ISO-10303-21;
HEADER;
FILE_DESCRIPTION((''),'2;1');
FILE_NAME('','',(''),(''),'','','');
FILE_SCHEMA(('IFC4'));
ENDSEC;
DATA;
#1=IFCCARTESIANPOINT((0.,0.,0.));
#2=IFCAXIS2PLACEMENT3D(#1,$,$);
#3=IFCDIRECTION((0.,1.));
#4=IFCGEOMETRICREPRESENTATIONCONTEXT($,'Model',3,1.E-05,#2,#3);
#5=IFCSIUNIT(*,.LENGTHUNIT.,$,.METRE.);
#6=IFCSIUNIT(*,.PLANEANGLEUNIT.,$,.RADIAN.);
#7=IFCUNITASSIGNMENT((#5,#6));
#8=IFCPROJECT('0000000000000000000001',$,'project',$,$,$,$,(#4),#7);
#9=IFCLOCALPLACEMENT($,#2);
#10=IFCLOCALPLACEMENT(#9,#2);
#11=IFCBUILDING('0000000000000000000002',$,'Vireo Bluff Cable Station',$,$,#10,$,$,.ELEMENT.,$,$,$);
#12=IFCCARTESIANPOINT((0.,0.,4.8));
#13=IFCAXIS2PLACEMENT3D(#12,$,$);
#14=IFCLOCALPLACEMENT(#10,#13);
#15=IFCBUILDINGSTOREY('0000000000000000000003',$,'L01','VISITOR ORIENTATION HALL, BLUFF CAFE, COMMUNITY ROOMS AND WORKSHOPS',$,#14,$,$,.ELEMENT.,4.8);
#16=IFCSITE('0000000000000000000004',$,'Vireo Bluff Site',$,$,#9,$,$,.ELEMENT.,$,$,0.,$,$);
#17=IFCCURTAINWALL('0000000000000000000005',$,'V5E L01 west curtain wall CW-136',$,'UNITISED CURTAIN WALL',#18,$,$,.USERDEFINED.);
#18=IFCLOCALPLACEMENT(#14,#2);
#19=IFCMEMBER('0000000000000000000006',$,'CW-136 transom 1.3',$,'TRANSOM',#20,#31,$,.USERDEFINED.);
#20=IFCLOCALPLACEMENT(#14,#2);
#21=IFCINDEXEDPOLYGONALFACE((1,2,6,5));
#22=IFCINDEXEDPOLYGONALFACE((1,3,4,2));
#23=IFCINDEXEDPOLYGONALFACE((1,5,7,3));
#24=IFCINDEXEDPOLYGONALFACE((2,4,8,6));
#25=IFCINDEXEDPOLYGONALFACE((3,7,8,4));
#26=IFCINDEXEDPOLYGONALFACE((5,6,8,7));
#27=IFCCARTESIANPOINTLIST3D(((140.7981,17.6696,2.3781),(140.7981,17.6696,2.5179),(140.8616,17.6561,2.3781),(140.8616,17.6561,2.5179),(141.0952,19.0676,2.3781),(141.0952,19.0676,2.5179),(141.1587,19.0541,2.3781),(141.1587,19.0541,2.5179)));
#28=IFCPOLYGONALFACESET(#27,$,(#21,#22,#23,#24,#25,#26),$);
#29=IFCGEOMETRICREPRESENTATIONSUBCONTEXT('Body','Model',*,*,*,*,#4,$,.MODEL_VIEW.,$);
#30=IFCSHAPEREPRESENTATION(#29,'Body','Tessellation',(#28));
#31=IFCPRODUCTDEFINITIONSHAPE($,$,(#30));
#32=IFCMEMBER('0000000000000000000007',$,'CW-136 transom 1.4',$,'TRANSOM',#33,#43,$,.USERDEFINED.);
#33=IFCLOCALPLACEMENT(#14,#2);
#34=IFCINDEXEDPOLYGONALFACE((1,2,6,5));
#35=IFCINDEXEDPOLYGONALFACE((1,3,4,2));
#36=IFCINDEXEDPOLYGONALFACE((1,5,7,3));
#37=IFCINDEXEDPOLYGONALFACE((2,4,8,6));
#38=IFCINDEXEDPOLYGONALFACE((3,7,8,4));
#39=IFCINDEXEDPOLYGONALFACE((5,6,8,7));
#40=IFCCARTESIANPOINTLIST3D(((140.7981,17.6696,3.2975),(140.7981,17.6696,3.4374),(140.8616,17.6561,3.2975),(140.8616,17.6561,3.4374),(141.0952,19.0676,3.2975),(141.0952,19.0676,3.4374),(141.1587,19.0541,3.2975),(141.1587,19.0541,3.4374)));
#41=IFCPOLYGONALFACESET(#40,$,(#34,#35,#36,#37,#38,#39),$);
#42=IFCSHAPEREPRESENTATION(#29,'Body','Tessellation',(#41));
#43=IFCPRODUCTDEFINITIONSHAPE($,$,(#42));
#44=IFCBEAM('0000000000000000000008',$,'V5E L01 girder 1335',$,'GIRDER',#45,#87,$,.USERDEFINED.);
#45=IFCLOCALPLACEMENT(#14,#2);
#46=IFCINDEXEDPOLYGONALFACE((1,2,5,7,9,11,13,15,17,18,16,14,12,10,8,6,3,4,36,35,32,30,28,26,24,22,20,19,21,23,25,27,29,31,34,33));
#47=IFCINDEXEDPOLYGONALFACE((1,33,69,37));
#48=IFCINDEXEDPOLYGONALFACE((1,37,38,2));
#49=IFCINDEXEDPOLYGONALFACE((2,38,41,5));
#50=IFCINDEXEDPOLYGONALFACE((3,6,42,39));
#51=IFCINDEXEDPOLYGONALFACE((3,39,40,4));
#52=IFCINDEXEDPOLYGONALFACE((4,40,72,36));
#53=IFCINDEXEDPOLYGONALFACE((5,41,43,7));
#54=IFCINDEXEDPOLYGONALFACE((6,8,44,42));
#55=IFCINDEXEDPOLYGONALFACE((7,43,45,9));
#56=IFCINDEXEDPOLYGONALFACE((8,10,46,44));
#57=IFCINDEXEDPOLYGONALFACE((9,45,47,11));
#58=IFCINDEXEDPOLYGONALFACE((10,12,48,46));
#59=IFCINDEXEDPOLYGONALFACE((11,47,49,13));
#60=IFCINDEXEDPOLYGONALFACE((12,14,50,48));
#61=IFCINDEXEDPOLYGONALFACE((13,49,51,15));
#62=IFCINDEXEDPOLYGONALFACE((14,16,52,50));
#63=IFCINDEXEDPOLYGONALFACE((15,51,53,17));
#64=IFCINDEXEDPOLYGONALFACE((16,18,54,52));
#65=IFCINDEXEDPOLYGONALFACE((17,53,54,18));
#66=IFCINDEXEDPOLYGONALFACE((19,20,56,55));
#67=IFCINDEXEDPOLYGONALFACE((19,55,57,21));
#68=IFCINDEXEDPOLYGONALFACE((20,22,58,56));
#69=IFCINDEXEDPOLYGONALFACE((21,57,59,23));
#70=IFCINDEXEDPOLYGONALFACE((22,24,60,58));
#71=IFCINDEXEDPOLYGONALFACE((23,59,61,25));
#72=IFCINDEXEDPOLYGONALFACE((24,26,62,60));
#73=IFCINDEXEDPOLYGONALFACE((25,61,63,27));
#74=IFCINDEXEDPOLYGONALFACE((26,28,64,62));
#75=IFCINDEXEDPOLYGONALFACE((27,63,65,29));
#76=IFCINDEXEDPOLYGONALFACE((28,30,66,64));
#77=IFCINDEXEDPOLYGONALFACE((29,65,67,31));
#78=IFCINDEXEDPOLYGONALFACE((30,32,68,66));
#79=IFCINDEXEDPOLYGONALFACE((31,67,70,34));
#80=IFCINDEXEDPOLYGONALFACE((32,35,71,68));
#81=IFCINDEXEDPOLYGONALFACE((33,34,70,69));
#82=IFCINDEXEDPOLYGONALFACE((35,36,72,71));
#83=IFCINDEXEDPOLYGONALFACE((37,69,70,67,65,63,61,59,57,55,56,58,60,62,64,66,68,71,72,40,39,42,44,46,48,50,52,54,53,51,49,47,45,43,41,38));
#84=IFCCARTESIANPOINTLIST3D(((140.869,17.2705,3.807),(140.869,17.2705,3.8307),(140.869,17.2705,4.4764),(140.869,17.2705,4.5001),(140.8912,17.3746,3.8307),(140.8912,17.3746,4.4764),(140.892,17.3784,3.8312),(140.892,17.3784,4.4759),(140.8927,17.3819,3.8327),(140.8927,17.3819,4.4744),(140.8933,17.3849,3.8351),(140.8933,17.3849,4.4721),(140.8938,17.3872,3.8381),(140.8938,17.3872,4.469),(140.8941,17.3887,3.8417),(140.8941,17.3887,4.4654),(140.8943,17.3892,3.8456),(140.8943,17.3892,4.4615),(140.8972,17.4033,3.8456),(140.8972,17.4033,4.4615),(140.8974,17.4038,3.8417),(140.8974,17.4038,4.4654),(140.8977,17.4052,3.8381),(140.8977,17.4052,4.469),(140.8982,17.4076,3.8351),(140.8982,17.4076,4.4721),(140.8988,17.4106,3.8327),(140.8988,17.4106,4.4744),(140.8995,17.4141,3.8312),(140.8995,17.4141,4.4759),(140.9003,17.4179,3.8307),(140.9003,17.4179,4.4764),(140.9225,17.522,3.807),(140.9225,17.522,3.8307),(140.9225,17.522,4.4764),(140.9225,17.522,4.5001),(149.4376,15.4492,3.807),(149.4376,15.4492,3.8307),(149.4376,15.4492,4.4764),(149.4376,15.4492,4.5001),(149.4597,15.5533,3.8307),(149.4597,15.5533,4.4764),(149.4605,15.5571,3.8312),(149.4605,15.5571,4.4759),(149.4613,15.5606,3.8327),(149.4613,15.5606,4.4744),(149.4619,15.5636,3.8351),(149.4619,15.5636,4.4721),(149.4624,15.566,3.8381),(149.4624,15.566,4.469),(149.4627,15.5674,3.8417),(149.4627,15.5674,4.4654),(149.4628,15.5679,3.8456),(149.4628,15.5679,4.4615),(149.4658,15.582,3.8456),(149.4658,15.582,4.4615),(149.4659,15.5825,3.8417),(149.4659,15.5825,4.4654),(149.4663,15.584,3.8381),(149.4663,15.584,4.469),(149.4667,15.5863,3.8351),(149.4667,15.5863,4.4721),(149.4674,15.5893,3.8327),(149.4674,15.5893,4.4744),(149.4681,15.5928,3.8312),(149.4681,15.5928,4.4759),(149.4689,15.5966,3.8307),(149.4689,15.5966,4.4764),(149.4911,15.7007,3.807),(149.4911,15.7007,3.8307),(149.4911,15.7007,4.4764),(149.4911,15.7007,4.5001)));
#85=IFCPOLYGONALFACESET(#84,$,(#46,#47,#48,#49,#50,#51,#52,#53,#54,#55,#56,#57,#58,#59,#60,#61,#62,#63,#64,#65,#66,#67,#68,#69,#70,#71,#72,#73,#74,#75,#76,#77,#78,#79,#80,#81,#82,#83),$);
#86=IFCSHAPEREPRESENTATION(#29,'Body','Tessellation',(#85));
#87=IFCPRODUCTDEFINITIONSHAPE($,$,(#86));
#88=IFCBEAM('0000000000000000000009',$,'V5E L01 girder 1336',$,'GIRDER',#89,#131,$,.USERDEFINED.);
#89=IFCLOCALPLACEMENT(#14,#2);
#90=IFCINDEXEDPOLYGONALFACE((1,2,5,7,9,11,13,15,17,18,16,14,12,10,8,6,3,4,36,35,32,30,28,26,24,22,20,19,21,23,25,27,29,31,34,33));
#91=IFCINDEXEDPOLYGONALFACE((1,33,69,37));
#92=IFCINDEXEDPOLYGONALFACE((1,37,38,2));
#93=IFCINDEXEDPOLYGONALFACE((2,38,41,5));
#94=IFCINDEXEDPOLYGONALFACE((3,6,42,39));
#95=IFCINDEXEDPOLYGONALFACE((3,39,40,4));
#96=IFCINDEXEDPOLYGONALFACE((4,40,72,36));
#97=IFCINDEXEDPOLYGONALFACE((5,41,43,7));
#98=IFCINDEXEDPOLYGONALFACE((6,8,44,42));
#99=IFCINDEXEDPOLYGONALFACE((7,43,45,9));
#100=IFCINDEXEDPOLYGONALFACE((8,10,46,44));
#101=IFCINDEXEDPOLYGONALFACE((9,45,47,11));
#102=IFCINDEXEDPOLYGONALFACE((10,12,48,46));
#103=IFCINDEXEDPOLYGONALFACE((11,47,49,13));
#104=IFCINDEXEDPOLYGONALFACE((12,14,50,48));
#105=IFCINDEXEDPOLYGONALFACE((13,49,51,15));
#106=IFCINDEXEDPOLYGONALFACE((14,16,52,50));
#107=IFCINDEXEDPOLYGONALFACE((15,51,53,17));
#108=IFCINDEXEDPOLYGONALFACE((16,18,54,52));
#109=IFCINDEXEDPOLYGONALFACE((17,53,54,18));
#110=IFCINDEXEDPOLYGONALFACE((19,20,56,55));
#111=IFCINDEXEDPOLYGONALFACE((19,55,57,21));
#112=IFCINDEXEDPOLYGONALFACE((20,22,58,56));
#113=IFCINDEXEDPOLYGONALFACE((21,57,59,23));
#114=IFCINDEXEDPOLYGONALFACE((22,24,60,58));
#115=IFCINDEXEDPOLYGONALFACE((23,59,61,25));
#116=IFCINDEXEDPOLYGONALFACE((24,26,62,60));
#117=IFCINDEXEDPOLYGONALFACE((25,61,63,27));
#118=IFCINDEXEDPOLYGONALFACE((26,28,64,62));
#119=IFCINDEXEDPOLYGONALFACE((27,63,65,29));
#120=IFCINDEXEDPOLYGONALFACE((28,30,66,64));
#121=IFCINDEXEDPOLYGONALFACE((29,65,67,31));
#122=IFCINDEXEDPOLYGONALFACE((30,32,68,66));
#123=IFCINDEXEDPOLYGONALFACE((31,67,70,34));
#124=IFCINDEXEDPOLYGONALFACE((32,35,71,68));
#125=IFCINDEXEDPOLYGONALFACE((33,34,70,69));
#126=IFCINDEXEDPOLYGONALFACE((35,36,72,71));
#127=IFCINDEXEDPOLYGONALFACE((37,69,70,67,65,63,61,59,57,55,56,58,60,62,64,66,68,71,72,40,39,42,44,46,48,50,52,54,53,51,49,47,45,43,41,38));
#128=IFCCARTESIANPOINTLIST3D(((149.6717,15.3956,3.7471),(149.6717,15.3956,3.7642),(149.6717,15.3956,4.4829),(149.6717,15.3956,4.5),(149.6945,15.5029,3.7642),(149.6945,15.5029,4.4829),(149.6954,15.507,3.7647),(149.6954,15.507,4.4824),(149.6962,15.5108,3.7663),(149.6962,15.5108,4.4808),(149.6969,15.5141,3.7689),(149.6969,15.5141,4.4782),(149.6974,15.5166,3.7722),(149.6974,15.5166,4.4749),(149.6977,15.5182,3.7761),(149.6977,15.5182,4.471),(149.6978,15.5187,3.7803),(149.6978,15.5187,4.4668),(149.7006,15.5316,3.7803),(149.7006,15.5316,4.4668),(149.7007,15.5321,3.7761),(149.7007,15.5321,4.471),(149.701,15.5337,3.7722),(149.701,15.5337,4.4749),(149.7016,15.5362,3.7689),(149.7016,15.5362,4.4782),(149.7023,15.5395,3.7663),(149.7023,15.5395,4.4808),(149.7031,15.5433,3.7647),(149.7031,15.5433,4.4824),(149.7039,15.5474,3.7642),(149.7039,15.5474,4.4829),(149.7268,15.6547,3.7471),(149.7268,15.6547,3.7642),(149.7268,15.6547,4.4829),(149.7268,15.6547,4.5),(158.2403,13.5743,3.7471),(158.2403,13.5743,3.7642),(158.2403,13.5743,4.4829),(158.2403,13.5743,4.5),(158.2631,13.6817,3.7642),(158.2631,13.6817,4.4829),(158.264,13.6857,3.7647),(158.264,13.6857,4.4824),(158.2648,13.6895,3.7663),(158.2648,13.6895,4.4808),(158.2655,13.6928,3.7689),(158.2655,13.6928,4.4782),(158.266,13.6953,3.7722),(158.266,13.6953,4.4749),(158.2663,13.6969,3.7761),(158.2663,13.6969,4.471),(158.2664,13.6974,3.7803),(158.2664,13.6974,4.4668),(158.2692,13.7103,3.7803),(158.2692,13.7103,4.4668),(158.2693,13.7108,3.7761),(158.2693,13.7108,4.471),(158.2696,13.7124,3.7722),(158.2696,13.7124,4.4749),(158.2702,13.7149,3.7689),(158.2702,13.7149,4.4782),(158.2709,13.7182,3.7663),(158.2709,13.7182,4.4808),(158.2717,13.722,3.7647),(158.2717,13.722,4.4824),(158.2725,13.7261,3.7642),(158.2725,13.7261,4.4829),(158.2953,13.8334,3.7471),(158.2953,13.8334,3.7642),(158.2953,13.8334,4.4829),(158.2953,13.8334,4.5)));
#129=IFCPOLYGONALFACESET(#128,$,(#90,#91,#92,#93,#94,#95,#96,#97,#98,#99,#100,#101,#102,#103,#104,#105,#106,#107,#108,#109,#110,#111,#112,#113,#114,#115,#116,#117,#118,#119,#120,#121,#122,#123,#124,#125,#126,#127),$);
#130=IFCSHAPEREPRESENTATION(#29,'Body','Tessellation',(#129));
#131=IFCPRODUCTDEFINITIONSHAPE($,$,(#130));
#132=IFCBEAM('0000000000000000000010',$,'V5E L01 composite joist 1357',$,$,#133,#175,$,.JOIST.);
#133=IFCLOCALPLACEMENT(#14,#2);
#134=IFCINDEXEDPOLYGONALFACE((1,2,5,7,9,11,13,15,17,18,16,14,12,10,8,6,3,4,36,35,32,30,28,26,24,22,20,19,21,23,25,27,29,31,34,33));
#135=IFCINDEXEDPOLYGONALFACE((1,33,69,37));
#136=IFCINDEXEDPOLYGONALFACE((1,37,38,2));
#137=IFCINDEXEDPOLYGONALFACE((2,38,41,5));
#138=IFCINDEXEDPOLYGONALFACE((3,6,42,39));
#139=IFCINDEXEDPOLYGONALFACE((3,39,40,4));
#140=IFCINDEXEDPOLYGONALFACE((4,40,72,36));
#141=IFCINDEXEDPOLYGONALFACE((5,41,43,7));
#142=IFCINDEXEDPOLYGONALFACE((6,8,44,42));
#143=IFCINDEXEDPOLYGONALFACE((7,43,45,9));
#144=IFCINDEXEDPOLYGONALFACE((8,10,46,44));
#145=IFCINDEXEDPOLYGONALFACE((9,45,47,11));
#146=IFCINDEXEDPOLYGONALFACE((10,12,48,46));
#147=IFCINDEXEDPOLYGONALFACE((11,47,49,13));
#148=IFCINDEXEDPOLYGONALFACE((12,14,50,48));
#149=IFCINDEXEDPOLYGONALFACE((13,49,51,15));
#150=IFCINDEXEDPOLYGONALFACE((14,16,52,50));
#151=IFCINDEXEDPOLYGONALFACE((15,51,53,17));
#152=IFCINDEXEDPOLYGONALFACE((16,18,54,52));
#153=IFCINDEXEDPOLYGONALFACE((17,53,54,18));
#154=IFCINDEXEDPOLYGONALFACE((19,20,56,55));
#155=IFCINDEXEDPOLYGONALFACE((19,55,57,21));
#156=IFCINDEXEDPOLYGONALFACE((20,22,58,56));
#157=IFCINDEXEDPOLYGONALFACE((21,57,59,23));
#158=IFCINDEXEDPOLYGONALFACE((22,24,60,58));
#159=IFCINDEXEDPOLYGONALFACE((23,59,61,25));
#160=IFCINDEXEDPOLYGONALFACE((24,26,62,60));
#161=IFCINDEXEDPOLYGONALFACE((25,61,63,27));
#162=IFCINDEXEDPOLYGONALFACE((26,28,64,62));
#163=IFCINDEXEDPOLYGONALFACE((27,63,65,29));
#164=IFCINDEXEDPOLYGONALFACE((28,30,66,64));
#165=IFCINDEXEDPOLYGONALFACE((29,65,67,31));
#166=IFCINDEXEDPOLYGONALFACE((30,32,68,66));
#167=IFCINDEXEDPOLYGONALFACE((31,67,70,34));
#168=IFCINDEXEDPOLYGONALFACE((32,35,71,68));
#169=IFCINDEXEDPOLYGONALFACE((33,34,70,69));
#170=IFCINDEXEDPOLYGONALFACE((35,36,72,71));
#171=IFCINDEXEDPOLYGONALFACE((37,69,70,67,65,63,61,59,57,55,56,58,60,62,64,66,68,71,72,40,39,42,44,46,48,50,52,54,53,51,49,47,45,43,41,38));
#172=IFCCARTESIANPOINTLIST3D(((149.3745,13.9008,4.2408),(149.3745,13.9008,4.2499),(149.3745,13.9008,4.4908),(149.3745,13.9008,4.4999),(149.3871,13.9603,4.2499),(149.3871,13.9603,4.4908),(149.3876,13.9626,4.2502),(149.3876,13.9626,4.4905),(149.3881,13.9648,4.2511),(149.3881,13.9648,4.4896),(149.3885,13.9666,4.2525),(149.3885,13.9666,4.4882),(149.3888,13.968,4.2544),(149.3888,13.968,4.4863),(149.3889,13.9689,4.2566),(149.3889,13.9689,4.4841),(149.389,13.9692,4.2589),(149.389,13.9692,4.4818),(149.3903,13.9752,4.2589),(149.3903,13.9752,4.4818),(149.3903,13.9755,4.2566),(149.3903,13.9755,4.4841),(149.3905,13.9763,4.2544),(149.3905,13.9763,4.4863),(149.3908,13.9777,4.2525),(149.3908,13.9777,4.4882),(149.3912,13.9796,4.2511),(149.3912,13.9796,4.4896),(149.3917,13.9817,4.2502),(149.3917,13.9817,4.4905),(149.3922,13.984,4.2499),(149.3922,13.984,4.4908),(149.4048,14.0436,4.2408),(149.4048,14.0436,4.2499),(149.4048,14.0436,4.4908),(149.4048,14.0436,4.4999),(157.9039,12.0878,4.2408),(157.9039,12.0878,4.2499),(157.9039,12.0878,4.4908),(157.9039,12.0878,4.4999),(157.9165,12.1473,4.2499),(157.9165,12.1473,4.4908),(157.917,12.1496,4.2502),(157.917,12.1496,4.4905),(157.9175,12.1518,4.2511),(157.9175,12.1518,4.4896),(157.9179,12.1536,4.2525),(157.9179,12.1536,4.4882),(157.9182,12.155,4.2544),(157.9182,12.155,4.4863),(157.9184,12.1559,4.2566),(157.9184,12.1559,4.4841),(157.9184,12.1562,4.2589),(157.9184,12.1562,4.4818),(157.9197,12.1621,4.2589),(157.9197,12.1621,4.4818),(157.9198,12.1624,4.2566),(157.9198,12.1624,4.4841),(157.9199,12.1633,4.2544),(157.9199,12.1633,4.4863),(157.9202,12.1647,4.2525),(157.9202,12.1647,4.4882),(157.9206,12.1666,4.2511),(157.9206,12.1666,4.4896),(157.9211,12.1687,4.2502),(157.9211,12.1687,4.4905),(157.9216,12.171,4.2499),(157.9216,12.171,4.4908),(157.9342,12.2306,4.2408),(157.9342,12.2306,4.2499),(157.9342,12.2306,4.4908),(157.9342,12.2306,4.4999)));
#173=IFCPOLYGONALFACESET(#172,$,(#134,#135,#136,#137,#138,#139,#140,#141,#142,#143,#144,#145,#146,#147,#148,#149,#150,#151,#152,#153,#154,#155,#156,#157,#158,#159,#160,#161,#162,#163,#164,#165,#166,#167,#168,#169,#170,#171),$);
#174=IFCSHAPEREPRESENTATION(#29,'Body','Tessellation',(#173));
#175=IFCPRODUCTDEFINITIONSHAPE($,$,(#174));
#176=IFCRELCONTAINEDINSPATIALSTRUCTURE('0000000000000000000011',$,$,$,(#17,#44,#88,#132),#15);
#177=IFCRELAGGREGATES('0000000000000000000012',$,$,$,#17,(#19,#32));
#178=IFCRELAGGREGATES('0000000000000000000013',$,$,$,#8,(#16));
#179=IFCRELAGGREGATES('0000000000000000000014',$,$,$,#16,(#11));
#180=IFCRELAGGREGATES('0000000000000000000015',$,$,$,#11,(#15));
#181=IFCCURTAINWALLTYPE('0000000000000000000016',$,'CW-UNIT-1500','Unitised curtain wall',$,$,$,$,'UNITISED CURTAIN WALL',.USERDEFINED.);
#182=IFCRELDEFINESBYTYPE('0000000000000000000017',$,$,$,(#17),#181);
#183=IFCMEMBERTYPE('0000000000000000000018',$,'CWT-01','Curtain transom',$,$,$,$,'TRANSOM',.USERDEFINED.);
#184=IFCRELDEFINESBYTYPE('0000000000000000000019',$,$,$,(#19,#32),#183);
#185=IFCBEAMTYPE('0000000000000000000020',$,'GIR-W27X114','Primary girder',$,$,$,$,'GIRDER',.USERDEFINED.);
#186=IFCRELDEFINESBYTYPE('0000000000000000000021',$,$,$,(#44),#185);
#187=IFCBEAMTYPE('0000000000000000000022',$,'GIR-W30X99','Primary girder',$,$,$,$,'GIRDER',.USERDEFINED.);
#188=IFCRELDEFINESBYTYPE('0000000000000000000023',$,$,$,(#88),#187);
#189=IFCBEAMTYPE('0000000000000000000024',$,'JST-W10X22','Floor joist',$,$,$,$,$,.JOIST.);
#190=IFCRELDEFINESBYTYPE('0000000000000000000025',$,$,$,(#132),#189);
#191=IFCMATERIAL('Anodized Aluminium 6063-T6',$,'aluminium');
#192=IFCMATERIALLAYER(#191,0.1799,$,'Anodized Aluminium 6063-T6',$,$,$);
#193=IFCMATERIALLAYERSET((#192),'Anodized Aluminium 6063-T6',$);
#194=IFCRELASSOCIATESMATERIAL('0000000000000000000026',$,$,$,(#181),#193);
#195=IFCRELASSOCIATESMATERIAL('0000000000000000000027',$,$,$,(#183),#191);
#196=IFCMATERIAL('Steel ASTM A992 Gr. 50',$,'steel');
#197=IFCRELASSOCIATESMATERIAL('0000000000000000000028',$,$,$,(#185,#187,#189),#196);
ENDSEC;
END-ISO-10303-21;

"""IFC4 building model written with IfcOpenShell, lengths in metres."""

from ifc_helpers import new_model, si_unit, direction, frame, origin, origin_2d, place, context, subcontext, project, spatial, rectangle, i_section, extrude, material, layer, layer_set, material_profile, profile_set, type_object, element, aggregate, save


model = new_model("IFC4")

# Units and contexts
model_context = context("Model", 3, precision=1e-05, world=origin(), true_north=direction((0.0, 1.0)))
body_context = subcontext(model_context, "Body", "Model", "MODEL_VIEW")
ifc_project = project(units=[si_unit("LENGTHUNIT", "METRE"), si_unit("PLANEANGLEUNIT", "RADIAN")], contexts=[model_context])

# Site, building, storey
site_placement = place(None, origin())
site = spatial("IfcSite", under=ifc_project, at=site_placement, Name="Vireo Bluff Site", CompositionType="ELEMENT", RefElevation=0.0)
building_placement = place(site_placement, origin())
building = spatial("IfcBuilding", under=site, at=building_placement, Name="Vireo Bluff Cable Station", CompositionType="ELEMENT")
storey_placement = place(building_placement, frame((0.0, 0.0, 4.8)))
storey = spatial("IfcBuildingStorey", under=building, at=storey_placement, Name="L01", Description="VISITOR ORIENTATION HALL, BLUFF CAFE, COMMUNITY ROOMS AND WORKSHOPS", CompositionType="ELEMENT", Elevation=4.8)

# Shared definitions
ifc_material_1 = material(Name="Steel ASTM A992 Gr. 50", Category="steel")

# Curtain wall, members
ifc_material_2 = material(Name="Anodized Aluminium 6063-T6", Category="aluminium")
ifc_layer_1 = layer(ifc_material_2, 0.1799, Name="Anodized Aluminium 6063-T6")
ifc_layer_set_1 = layer_set([ifc_layer_1], Name="Anodized Aluminium 6063-T6")
curtain_wall_type_1 = type_object("IfcCurtainWallType", Name="CW-UNIT-1500", Description="Unitised curtain wall", ElementType="UNITISED CURTAIN WALL", PredefinedType="USERDEFINED", material=ifc_layer_set_1)
curtain_wall_1_placement = place(storey_placement, origin())
curtain_wall_1 = element("IfcCurtainWall", 1, at=curtain_wall_1_placement, inside=storey, type_object=curtain_wall_type_1, Name="V5E L01 west curtain wall CW-136", ObjectType="UNITISED CURTAIN WALL", PredefinedType="USERDEFINED")
ifc_material_profile_1 = material_profile(ifc_material_2, rectangle(XDim=0.0649, YDim=0.1399, at=origin_2d()), Name="ALU-T-65X140")
ifc_profile_set_1 = profile_set([ifc_material_profile_1], Name="Anodized Aluminium 6063-T6")
member_type_1 = type_object("IfcMemberType", Name="CWT-01", Description="Curtain transom", ElementType="TRANSOM", PredefinedType="USERDEFINED", material=ifc_profile_set_1)
member_1_placement = place(storey_placement, frame((140.8298, 17.6628, 2.448), z_axis=(0.207896, 0.978151, 0.0), x_axis=(-0.978151, 0.207896, 0.0)))
member_1 = element("IfcMember", 2, at=member_1_placement, type_object=member_type_1, Name="CW-136 transom 1.3", ObjectType="TRANSOM", PredefinedType="USERDEFINED", context=body_context, shape_type="SweptSolid", body=[
    extrude(rectangle(XDim=0.0649, YDim=0.1399, at=origin_2d()), origin(), (0.0, 0.0, 1.0), 1.4292),
])
member_2_placement = place(storey_placement, frame((140.8298, 17.6628, 3.3674), z_axis=(0.207896, 0.978151, 0.0), x_axis=(-0.978151, 0.207896, 0.0)))
member_2 = element("IfcMember", 3, at=member_2_placement, type_object=member_type_1, Name="CW-136 transom 1.4", ObjectType="TRANSOM", PredefinedType="USERDEFINED", context=body_context, shape_type="SweptSolid", body=[
    extrude(rectangle(XDim=0.0649, YDim=0.1399, at=origin_2d()), origin(), (0.0, 0.0, 1.0), 1.4292),
])

# Beams
ifc_material_profile_2 = material_profile(ifc_material_1, i_section(OverallWidth=0.2571, OverallDepth=0.6931, WebThickness=0.0144, FlangeThickness=0.0237, FilletRadius=0.0149, at=origin_2d()), Name="W27X114")
ifc_profile_set_2 = profile_set([ifc_material_profile_2], Name="Steel ASTM A992 Gr. 50")
beam_type_1 = type_object("IfcBeamType", Name="GIR-W27X114", Description="Primary girder", ElementType="GIRDER", PredefinedType="USERDEFINED", material=ifc_profile_set_2)
beam_1_placement = place(storey_placement, frame((140.8958, 17.3962, 4.1536), z_axis=(0.978148, -0.207909, 0.0), x_axis=(0.207909, 0.978148, 0.0)))
element("IfcBeam", 4, at=beam_1_placement, inside=storey, type_object=beam_type_1, Name="V5E L01 girder 1335", ObjectType="GIRDER", PredefinedType="USERDEFINED", context=body_context, shape_type="SweptSolid", body=[
    extrude(i_section(OverallWidth=0.2571, OverallDepth=0.6931, WebThickness=0.0144, FlangeThickness=0.0237, FilletRadius=0.0149, at=origin_2d()), origin(), (0.0, 0.0, 1.0), 8.76),
])
ifc_material_profile_3 = material_profile(ifc_material_1, i_section(OverallWidth=0.2649, OverallDepth=0.7529, WebThickness=0.0132, FlangeThickness=0.0171, FilletRadius=0.0161, at=origin_2d()), Name="W30X99")
ifc_profile_set_3 = profile_set([ifc_material_profile_3], Name="Steel ASTM A992 Gr. 50")
beam_type_2 = type_object("IfcBeamType", Name="GIR-W30X99", Description="Primary girder", ElementType="GIRDER", PredefinedType="USERDEFINED", material=ifc_profile_set_3)
beam_2_placement = place(storey_placement, frame((149.6992, 15.5251, 4.1235), z_axis=(0.978148, -0.207909, 0.0), x_axis=(0.207909, 0.978148, 0.0)))
element("IfcBeam", 5, at=beam_2_placement, inside=storey, type_object=beam_type_2, Name="V5E L01 girder 1336", ObjectType="GIRDER", PredefinedType="USERDEFINED", context=body_context, shape_type="SweptSolid", body=[
    extrude(i_section(OverallWidth=0.2649, OverallDepth=0.7529, WebThickness=0.0132, FlangeThickness=0.0171, FilletRadius=0.0161, at=origin_2d()), origin(), (0.0, 0.0, 1.0), 8.76),
])
ifc_material_profile_4 = material_profile(ifc_material_1, i_section(OverallWidth=0.146, OverallDepth=0.259, WebThickness=0.0061, FlangeThickness=0.009, FilletRadius=0.009, at=origin_2d()), Name="W10X22")
ifc_profile_set_4 = profile_set([ifc_material_profile_4], Name="Steel ASTM A992 Gr. 50")
beam_type_3 = type_object("IfcBeamType", Name="JST-W10X22", Description="Floor joist", PredefinedType="JOIST", material=ifc_profile_set_4)
beam_3_placement = place(storey_placement, frame((149.3896, 13.9722, 4.3704), z_axis=(0.978147, -0.207915, 0.0), x_axis=(0.207915, 0.978147, 0.0)))
element("IfcBeam", 6, at=beam_3_placement, inside=storey, type_object=beam_type_3, Name="V5E L01 composite joist 1357", PredefinedType="JOIST", context=body_context, shape_type="SweptSolid", body=[
    extrude(i_section(OverallWidth=0.146, OverallDepth=0.259, WebThickness=0.0061, FlangeThickness=0.009, FilletRadius=0.009, at=origin_2d()), origin(), (0.0, 0.0, 1.0), 8.72),
])

aggregate(curtain_wall_1, [member_1, member_2])

save(model, "model.ifc")
